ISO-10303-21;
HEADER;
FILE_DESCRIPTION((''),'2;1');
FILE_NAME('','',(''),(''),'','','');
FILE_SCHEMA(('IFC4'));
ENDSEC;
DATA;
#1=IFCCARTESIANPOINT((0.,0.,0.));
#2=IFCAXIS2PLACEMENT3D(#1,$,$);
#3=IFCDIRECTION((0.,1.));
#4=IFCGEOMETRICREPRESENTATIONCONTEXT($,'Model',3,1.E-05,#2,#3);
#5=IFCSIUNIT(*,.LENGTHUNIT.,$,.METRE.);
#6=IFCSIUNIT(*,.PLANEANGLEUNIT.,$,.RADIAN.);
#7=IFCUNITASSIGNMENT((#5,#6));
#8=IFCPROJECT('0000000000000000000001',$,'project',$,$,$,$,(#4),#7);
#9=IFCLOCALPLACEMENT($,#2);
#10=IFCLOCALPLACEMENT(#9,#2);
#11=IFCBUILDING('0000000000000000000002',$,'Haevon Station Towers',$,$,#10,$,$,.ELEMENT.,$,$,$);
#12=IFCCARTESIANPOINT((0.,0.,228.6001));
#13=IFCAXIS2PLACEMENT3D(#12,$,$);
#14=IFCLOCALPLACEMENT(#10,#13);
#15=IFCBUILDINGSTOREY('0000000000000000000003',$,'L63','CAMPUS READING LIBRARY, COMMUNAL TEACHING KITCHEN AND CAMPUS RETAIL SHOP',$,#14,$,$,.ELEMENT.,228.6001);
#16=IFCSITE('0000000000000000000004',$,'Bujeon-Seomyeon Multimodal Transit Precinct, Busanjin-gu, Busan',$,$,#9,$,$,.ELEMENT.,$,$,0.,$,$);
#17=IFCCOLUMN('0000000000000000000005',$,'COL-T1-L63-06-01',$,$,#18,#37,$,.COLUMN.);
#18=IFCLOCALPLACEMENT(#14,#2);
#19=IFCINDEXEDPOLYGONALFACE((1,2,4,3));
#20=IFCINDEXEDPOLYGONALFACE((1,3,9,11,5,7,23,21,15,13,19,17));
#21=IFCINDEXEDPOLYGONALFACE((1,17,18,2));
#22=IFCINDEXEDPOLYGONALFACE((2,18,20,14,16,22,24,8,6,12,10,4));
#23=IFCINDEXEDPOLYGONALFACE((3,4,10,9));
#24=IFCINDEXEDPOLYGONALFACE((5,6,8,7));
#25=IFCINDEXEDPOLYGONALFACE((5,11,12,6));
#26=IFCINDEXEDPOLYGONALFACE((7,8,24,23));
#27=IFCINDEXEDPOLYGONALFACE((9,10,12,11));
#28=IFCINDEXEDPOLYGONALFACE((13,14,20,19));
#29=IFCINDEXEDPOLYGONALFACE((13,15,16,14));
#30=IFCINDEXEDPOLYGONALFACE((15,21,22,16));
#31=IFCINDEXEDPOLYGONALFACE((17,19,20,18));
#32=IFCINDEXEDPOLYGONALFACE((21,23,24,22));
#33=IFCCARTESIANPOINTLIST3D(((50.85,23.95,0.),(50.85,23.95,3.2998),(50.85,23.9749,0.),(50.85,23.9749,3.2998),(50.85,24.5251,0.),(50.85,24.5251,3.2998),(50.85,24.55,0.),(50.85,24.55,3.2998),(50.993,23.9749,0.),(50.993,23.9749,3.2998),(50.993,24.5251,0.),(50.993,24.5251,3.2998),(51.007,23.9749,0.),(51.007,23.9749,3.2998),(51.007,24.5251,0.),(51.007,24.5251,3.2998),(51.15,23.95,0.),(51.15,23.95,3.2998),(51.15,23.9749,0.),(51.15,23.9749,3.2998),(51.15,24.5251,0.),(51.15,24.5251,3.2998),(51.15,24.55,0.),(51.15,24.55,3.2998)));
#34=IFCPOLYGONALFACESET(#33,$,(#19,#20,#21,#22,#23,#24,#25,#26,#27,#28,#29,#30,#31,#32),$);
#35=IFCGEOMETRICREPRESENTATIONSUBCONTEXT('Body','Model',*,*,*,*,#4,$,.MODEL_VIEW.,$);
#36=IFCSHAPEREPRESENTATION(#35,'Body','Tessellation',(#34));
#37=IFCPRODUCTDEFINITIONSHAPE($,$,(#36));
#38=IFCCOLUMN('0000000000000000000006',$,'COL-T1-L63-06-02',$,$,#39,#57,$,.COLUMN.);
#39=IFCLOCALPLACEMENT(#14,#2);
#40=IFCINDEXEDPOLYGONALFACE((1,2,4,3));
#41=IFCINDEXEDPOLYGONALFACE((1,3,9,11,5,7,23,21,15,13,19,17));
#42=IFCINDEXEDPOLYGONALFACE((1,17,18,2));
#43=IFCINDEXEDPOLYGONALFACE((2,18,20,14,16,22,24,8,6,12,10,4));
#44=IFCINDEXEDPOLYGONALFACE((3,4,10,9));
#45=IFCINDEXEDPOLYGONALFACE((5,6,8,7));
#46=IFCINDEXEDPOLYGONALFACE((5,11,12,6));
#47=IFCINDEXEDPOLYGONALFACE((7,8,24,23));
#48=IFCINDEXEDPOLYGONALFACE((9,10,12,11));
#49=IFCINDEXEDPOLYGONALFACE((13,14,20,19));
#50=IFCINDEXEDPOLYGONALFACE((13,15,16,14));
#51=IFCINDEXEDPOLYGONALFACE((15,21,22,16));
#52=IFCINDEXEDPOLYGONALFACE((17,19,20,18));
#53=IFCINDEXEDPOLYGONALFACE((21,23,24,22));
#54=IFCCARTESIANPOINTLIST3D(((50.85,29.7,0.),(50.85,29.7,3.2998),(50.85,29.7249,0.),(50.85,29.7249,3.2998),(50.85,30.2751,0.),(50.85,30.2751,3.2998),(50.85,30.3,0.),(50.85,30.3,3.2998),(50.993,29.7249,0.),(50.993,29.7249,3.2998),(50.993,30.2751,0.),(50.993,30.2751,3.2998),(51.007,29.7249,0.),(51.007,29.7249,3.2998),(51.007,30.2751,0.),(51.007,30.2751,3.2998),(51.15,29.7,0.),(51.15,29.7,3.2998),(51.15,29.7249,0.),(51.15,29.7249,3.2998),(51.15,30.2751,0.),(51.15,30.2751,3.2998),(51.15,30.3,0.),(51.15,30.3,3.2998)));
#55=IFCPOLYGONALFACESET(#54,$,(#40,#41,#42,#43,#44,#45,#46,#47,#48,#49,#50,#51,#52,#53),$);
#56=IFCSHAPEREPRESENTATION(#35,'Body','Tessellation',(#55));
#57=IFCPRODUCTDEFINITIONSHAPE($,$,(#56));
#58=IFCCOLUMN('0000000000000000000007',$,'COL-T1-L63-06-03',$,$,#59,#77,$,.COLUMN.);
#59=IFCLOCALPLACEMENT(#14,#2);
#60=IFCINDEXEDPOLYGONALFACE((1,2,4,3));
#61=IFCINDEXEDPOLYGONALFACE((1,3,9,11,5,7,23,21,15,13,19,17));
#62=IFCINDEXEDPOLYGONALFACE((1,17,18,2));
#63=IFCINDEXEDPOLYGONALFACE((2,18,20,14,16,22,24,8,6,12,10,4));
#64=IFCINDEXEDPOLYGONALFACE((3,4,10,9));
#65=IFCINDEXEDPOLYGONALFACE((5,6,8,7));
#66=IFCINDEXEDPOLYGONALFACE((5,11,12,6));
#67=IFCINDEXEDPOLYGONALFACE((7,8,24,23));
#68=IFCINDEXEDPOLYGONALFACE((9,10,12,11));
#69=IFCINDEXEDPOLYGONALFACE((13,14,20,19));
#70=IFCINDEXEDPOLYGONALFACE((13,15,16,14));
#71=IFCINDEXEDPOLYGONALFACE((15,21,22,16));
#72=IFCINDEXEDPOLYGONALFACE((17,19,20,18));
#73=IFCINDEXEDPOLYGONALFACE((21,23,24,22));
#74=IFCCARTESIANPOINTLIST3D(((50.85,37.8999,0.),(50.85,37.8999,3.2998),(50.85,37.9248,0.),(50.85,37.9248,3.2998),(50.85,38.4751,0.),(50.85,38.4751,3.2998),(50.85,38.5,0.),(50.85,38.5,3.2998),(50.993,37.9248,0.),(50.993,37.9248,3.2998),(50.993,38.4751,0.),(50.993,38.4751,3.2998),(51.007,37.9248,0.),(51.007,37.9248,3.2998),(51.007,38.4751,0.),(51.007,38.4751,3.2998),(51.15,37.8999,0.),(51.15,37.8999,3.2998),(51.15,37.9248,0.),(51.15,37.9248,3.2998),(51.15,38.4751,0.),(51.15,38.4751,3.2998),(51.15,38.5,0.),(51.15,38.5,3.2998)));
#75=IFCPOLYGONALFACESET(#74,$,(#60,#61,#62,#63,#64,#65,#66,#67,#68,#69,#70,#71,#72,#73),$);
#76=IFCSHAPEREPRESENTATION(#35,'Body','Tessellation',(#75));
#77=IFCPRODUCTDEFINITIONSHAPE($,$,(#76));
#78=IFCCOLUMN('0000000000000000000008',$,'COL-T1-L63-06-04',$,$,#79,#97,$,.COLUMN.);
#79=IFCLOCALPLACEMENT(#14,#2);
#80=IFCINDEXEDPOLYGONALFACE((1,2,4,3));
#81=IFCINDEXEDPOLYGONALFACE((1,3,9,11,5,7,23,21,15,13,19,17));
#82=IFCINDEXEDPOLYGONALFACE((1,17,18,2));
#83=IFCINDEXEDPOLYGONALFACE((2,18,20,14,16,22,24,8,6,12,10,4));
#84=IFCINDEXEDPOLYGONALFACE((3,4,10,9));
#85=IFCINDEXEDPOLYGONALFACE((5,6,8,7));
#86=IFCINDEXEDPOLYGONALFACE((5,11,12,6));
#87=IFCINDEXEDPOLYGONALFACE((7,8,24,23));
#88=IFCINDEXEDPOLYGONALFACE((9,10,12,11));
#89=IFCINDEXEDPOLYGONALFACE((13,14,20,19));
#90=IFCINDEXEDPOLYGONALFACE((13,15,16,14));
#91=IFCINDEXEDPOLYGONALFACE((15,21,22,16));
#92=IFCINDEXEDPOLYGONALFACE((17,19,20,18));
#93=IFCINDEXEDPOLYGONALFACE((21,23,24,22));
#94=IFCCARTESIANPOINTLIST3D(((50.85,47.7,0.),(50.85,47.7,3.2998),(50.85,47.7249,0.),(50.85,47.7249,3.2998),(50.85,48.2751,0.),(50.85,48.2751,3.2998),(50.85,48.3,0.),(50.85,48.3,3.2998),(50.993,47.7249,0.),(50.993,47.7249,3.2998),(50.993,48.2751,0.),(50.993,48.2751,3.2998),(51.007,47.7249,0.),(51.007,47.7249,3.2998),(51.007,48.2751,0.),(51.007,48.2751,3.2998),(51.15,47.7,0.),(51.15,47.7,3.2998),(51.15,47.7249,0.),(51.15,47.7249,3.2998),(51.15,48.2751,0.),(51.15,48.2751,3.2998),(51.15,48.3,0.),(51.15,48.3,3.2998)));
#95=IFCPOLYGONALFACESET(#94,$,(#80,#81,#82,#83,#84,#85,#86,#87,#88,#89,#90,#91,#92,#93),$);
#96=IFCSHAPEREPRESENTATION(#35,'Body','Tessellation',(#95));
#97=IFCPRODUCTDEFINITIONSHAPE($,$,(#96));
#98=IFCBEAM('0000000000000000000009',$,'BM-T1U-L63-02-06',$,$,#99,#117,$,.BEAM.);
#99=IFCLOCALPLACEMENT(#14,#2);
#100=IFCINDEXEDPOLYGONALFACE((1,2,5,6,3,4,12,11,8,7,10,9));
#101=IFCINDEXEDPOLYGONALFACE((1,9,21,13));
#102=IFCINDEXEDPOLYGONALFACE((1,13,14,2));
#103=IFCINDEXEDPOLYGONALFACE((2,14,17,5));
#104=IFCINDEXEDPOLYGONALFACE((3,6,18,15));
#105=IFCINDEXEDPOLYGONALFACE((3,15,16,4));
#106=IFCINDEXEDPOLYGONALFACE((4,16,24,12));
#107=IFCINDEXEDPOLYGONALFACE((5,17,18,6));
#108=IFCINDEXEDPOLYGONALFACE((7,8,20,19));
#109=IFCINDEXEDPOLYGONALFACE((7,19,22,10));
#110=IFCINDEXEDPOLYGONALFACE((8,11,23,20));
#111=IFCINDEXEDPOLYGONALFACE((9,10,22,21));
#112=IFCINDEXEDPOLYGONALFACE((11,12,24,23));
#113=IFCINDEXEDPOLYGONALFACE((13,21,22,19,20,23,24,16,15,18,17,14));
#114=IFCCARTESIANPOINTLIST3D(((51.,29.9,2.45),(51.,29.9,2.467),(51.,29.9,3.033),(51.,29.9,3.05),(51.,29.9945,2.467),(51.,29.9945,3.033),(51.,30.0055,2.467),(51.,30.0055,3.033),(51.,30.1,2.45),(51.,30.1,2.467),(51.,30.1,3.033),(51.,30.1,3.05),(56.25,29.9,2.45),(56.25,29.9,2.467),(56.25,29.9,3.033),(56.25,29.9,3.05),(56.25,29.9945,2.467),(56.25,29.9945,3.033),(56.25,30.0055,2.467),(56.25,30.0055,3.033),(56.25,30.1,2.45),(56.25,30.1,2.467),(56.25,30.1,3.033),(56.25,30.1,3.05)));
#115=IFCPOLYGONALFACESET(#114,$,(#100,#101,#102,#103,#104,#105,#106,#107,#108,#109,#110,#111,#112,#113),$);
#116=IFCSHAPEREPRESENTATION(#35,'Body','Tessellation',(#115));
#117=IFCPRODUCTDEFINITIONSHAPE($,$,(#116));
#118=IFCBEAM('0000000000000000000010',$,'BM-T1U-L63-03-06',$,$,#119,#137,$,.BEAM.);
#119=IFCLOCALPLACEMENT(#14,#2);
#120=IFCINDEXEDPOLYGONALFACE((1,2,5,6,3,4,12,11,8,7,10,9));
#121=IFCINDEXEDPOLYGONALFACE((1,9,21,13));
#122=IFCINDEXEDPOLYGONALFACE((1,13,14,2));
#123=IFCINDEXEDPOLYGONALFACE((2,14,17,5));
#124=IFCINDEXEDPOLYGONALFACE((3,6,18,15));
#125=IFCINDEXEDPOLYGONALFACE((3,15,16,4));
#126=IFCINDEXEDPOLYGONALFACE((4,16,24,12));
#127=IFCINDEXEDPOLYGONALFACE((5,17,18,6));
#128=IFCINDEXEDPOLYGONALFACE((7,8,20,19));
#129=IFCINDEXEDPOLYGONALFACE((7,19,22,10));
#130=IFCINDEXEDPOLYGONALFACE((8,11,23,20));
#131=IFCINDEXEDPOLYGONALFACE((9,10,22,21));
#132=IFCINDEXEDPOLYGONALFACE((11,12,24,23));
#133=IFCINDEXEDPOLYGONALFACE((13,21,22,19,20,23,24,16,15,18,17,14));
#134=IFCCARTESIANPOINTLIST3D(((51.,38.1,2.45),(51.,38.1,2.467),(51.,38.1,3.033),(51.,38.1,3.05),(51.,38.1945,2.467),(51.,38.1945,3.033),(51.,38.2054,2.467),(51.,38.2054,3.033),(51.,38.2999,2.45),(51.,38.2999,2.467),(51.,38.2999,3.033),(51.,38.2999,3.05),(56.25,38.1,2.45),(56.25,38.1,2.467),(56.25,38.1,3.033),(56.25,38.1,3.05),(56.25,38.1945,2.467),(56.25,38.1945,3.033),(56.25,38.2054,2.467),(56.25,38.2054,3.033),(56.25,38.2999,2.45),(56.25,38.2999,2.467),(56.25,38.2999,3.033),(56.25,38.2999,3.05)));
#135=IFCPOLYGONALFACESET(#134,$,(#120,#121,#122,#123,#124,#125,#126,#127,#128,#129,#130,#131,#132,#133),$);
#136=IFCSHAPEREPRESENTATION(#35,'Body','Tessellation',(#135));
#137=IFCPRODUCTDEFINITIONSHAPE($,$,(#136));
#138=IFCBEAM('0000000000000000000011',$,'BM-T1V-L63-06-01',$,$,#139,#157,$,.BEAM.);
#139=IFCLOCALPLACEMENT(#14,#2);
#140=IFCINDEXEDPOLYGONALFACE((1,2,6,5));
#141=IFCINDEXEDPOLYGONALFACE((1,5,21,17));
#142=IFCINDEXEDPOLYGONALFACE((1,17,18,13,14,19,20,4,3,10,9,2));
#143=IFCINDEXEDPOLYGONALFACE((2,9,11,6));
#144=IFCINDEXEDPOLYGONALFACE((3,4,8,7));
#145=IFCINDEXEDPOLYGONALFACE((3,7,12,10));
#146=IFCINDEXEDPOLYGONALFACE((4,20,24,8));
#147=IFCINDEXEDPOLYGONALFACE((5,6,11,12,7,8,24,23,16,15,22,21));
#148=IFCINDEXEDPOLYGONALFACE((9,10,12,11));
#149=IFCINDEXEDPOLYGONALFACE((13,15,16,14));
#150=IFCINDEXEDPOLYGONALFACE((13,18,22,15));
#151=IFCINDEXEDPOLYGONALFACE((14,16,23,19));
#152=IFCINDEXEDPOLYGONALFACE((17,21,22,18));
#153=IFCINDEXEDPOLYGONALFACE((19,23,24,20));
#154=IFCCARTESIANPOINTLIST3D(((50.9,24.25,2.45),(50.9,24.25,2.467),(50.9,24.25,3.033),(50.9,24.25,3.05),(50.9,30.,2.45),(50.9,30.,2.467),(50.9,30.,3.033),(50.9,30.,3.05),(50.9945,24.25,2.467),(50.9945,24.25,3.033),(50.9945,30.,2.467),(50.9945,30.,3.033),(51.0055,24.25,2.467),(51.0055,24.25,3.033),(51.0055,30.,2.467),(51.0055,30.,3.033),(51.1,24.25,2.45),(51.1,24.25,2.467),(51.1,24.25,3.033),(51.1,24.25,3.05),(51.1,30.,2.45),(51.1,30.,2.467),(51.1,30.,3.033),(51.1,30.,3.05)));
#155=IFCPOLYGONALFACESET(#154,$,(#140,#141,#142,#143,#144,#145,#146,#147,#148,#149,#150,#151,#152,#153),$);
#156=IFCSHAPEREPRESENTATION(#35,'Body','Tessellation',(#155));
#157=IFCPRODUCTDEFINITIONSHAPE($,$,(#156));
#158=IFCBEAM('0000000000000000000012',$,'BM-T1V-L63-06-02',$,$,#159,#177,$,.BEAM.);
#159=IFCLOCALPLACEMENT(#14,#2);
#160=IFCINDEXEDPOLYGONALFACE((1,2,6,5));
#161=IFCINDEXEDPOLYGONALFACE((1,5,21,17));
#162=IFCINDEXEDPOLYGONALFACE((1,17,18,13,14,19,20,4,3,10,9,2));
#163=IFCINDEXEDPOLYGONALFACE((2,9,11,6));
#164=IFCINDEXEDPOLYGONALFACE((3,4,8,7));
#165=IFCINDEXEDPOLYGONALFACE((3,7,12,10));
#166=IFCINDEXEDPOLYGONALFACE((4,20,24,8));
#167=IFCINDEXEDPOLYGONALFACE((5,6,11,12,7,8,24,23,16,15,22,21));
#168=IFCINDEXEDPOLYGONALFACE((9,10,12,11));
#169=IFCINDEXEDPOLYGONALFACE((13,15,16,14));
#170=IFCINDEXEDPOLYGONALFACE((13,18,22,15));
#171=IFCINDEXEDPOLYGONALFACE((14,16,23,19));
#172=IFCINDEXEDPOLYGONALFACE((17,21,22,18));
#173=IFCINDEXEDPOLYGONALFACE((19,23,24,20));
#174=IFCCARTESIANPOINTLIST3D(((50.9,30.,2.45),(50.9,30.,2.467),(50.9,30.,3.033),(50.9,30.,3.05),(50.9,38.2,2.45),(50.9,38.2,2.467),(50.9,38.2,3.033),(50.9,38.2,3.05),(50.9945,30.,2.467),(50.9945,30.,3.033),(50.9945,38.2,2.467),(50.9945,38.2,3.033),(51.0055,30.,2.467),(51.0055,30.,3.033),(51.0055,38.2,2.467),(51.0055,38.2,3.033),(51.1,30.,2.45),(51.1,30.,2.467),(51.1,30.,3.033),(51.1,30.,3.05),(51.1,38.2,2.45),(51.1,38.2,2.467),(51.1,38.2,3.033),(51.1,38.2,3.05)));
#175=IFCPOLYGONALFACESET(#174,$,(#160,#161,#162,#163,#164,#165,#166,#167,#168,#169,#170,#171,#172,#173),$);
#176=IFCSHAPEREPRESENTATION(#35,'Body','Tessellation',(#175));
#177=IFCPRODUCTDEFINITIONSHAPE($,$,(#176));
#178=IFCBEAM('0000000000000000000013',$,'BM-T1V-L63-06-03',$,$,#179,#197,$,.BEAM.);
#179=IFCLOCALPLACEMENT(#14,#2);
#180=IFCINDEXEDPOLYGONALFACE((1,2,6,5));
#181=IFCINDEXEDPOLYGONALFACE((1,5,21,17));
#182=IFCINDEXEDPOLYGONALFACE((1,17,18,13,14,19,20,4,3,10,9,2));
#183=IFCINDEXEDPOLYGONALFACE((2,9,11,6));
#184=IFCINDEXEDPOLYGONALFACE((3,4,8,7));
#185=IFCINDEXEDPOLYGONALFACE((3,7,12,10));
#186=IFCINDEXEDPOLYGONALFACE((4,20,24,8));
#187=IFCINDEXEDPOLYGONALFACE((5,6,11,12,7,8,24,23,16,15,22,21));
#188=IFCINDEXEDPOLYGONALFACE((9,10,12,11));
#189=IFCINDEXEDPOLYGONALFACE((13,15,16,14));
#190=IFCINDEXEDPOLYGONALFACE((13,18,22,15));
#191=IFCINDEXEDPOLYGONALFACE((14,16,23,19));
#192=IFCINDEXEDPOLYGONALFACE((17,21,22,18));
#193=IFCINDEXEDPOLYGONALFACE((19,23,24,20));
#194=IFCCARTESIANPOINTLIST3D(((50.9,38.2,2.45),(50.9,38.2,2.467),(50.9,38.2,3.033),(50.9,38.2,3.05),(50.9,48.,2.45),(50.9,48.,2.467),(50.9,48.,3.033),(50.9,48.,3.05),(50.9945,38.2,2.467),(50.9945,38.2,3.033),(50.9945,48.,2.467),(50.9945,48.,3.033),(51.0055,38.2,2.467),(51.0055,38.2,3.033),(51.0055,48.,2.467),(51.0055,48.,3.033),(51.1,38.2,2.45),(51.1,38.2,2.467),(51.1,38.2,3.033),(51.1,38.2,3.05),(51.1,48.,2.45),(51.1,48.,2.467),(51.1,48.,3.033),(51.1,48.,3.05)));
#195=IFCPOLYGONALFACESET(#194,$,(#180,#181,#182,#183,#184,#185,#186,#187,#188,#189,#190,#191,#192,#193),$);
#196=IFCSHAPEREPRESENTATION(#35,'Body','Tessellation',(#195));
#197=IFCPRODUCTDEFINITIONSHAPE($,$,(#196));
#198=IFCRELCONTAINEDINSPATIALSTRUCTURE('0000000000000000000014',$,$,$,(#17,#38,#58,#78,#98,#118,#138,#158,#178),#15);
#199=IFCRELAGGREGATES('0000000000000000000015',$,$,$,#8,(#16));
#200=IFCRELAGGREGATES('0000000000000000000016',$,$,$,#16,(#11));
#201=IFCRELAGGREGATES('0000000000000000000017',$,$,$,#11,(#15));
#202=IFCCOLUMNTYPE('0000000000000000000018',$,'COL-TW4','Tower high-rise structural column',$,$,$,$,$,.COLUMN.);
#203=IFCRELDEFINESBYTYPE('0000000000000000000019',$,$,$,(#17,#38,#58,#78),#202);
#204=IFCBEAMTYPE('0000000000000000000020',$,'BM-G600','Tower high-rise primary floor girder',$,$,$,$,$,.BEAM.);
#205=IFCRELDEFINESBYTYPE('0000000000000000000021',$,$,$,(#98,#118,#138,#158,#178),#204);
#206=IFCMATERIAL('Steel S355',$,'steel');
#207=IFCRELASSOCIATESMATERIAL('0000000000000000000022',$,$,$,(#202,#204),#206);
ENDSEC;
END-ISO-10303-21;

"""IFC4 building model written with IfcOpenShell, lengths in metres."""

from ifc_helpers import new_model, si_unit, direction, frame, origin, origin_2d, place, context, subcontext, project, spatial, i_section, extrude, material, material_profile, profile_set, type_object, element, save


model = new_model("IFC4")

# Units and contexts
model_context = context("Model", 3, precision=1e-05, world=origin(), true_north=direction((0.0, 1.0)))
body_context = subcontext(model_context, "Body", "Model", "MODEL_VIEW")
ifc_project = project(units=[si_unit("LENGTHUNIT", "METRE"), si_unit("PLANEANGLEUNIT", "RADIAN")], contexts=[model_context])

# Site, building, storey
site_placement = place(None, origin())
site = spatial("IfcSite", under=ifc_project, at=site_placement, Name="Bujeon-Seomyeon Multimodal Transit Precinct, Busanjin-gu, Busan", CompositionType="ELEMENT", RefElevation=0.0)
building_placement = place(site_placement, origin())
building = spatial("IfcBuilding", under=site, at=building_placement, Name="Haevon Station Towers", CompositionType="ELEMENT")
storey_placement = place(building_placement, frame((0.0, 0.0, 228.6001)))
storey = spatial("IfcBuildingStorey", under=building, at=storey_placement, Name="L63", Description="CAMPUS READING LIBRARY, COMMUNAL TEACHING KITCHEN AND CAMPUS RETAIL SHOP", CompositionType="ELEMENT", Elevation=228.6001)

# Columns
ifc_material_1 = material(Name="Steel S355", Category="steel")
ifc_material_profile_1 = material_profile(ifc_material_1, i_section(OverallWidth=0.3, OverallDepth=0.6001, WebThickness=0.0139, FlangeThickness=0.0249, at=origin_2d()), Name="H-600x300x14x25")
ifc_profile_set_1 = profile_set([ifc_material_profile_1], Name="Steel S355")
column_type = type_object("IfcColumnType", Name="COL-TW4", Description="Tower high-rise structural column", PredefinedType="COLUMN", material=ifc_profile_set_1)
for number, where, z_axis, x_axis, name in (
    (1, (51.0, 24.25, 0.0), (0.0, 0.0, 1.0), (1.0, 0.0, 0.0), "COL-T1-L63-06-01"),
    (2, (51.0, 30.0, 0.0), (0.0, 0.0, 1.0), (1.0, 0.0, 0.0), "COL-T1-L63-06-02"),
    (3, (51.0, 38.2, 0.0), (0.0, 0.0, 1.0), (1.0, 0.0, 0.0), "COL-T1-L63-06-03"),
    (4, (51.0, 48.0, 0.0), (0.0, 0.0, 1.0), (1.0, 0.0, 0.0), "COL-T1-L63-06-04"),
):
    element("IfcColumn", number, at=place(storey_placement, frame(where, z_axis=z_axis, x_axis=x_axis)), inside=storey, type_object=column_type, Name=name, PredefinedType="COLUMN", context=body_context, shape_type="SweptSolid", body=[
        extrude(i_section(OverallWidth=0.3, OverallDepth=0.6001, WebThickness=0.0139, FlangeThickness=0.0249, at=origin_2d()), origin(), (0.0, 0.0, 1.0), 3.2998),
    ])

# Beams
ifc_material_profile_2 = material_profile(ifc_material_1, i_section(OverallWidth=0.2, OverallDepth=0.6001, WebThickness=0.011, FlangeThickness=0.0171, at=origin_2d()), Name="H-600x200x11x17")
ifc_profile_set_2 = profile_set([ifc_material_profile_2], Name="Steel S355")
beam_type_1 = type_object("IfcBeamType", Name="BM-G600", Description="Tower high-rise primary floor girder", PredefinedType="BEAM", material=ifc_profile_set_2)
for number, where, z_axis, x_axis, name in (
    (5, (51.0, 30.0, 2.75), (1.0, 0.0, 0.0), (0.0, 1.0, 0.0), "BM-T1U-L63-02-06"),
    (6, (51.0, 38.2, 2.75), (1.0, 0.0, 0.0), (0.0, 1.0, 0.0), "BM-T1U-L63-03-06"),
):
    element("IfcBeam", number, at=place(storey_placement, frame(where, z_axis=z_axis, x_axis=x_axis)), inside=storey, type_object=beam_type_1, Name=name, PredefinedType="BEAM", context=body_context, shape_type="SweptSolid", body=[
        extrude(i_section(OverallWidth=0.2, OverallDepth=0.6001, WebThickness=0.011, FlangeThickness=0.0171, at=origin_2d()), origin(), (0.0, 0.0, 1.0), 5.25),
    ])
beam_1_placement = place(storey_placement, frame((51.0, 24.25, 2.75), z_axis=(0.0, 1.0, 0.0), x_axis=(-1.0, 0.0, 0.0)))
element("IfcBeam", 7, at=beam_1_placement, inside=storey, type_object=beam_type_1, Name="BM-T1V-L63-06-01", PredefinedType="BEAM", context=body_context, shape_type="SweptSolid", body=[
    extrude(i_section(OverallWidth=0.2, OverallDepth=0.6001, WebThickness=0.011, FlangeThickness=0.0171, at=origin_2d()), origin(), (0.0, 0.0, 1.0), 5.75),
])
beam_2_placement = place(storey_placement, frame((51.0, 30.0, 2.75), z_axis=(0.0, 1.0, 0.0), x_axis=(-1.0, 0.0, 0.0)))
element("IfcBeam", 8, at=beam_2_placement, inside=storey, type_object=beam_type_1, Name="BM-T1V-L63-06-02", PredefinedType="BEAM", context=body_context, shape_type="SweptSolid", body=[
    extrude(i_section(OverallWidth=0.2, OverallDepth=0.6001, WebThickness=0.011, FlangeThickness=0.0171, at=origin_2d()), origin(), (0.0, 0.0, 1.0), 8.2),
])
beam_3_placement = place(storey_placement, frame((51.0, 38.2, 2.75), z_axis=(0.0, 1.0, 0.0), x_axis=(-1.0, 0.0, 0.0)))
element("IfcBeam", 9, at=beam_3_placement, inside=storey, type_object=beam_type_1, Name="BM-T1V-L63-06-03", PredefinedType="BEAM", context=body_context, shape_type="SweptSolid", body=[
    extrude(i_section(OverallWidth=0.2, OverallDepth=0.6001, WebThickness=0.011, FlangeThickness=0.0171, at=origin_2d()), origin(), (0.0, 0.0, 1.0), 9.8),
])

save(model, "model.ifc")
